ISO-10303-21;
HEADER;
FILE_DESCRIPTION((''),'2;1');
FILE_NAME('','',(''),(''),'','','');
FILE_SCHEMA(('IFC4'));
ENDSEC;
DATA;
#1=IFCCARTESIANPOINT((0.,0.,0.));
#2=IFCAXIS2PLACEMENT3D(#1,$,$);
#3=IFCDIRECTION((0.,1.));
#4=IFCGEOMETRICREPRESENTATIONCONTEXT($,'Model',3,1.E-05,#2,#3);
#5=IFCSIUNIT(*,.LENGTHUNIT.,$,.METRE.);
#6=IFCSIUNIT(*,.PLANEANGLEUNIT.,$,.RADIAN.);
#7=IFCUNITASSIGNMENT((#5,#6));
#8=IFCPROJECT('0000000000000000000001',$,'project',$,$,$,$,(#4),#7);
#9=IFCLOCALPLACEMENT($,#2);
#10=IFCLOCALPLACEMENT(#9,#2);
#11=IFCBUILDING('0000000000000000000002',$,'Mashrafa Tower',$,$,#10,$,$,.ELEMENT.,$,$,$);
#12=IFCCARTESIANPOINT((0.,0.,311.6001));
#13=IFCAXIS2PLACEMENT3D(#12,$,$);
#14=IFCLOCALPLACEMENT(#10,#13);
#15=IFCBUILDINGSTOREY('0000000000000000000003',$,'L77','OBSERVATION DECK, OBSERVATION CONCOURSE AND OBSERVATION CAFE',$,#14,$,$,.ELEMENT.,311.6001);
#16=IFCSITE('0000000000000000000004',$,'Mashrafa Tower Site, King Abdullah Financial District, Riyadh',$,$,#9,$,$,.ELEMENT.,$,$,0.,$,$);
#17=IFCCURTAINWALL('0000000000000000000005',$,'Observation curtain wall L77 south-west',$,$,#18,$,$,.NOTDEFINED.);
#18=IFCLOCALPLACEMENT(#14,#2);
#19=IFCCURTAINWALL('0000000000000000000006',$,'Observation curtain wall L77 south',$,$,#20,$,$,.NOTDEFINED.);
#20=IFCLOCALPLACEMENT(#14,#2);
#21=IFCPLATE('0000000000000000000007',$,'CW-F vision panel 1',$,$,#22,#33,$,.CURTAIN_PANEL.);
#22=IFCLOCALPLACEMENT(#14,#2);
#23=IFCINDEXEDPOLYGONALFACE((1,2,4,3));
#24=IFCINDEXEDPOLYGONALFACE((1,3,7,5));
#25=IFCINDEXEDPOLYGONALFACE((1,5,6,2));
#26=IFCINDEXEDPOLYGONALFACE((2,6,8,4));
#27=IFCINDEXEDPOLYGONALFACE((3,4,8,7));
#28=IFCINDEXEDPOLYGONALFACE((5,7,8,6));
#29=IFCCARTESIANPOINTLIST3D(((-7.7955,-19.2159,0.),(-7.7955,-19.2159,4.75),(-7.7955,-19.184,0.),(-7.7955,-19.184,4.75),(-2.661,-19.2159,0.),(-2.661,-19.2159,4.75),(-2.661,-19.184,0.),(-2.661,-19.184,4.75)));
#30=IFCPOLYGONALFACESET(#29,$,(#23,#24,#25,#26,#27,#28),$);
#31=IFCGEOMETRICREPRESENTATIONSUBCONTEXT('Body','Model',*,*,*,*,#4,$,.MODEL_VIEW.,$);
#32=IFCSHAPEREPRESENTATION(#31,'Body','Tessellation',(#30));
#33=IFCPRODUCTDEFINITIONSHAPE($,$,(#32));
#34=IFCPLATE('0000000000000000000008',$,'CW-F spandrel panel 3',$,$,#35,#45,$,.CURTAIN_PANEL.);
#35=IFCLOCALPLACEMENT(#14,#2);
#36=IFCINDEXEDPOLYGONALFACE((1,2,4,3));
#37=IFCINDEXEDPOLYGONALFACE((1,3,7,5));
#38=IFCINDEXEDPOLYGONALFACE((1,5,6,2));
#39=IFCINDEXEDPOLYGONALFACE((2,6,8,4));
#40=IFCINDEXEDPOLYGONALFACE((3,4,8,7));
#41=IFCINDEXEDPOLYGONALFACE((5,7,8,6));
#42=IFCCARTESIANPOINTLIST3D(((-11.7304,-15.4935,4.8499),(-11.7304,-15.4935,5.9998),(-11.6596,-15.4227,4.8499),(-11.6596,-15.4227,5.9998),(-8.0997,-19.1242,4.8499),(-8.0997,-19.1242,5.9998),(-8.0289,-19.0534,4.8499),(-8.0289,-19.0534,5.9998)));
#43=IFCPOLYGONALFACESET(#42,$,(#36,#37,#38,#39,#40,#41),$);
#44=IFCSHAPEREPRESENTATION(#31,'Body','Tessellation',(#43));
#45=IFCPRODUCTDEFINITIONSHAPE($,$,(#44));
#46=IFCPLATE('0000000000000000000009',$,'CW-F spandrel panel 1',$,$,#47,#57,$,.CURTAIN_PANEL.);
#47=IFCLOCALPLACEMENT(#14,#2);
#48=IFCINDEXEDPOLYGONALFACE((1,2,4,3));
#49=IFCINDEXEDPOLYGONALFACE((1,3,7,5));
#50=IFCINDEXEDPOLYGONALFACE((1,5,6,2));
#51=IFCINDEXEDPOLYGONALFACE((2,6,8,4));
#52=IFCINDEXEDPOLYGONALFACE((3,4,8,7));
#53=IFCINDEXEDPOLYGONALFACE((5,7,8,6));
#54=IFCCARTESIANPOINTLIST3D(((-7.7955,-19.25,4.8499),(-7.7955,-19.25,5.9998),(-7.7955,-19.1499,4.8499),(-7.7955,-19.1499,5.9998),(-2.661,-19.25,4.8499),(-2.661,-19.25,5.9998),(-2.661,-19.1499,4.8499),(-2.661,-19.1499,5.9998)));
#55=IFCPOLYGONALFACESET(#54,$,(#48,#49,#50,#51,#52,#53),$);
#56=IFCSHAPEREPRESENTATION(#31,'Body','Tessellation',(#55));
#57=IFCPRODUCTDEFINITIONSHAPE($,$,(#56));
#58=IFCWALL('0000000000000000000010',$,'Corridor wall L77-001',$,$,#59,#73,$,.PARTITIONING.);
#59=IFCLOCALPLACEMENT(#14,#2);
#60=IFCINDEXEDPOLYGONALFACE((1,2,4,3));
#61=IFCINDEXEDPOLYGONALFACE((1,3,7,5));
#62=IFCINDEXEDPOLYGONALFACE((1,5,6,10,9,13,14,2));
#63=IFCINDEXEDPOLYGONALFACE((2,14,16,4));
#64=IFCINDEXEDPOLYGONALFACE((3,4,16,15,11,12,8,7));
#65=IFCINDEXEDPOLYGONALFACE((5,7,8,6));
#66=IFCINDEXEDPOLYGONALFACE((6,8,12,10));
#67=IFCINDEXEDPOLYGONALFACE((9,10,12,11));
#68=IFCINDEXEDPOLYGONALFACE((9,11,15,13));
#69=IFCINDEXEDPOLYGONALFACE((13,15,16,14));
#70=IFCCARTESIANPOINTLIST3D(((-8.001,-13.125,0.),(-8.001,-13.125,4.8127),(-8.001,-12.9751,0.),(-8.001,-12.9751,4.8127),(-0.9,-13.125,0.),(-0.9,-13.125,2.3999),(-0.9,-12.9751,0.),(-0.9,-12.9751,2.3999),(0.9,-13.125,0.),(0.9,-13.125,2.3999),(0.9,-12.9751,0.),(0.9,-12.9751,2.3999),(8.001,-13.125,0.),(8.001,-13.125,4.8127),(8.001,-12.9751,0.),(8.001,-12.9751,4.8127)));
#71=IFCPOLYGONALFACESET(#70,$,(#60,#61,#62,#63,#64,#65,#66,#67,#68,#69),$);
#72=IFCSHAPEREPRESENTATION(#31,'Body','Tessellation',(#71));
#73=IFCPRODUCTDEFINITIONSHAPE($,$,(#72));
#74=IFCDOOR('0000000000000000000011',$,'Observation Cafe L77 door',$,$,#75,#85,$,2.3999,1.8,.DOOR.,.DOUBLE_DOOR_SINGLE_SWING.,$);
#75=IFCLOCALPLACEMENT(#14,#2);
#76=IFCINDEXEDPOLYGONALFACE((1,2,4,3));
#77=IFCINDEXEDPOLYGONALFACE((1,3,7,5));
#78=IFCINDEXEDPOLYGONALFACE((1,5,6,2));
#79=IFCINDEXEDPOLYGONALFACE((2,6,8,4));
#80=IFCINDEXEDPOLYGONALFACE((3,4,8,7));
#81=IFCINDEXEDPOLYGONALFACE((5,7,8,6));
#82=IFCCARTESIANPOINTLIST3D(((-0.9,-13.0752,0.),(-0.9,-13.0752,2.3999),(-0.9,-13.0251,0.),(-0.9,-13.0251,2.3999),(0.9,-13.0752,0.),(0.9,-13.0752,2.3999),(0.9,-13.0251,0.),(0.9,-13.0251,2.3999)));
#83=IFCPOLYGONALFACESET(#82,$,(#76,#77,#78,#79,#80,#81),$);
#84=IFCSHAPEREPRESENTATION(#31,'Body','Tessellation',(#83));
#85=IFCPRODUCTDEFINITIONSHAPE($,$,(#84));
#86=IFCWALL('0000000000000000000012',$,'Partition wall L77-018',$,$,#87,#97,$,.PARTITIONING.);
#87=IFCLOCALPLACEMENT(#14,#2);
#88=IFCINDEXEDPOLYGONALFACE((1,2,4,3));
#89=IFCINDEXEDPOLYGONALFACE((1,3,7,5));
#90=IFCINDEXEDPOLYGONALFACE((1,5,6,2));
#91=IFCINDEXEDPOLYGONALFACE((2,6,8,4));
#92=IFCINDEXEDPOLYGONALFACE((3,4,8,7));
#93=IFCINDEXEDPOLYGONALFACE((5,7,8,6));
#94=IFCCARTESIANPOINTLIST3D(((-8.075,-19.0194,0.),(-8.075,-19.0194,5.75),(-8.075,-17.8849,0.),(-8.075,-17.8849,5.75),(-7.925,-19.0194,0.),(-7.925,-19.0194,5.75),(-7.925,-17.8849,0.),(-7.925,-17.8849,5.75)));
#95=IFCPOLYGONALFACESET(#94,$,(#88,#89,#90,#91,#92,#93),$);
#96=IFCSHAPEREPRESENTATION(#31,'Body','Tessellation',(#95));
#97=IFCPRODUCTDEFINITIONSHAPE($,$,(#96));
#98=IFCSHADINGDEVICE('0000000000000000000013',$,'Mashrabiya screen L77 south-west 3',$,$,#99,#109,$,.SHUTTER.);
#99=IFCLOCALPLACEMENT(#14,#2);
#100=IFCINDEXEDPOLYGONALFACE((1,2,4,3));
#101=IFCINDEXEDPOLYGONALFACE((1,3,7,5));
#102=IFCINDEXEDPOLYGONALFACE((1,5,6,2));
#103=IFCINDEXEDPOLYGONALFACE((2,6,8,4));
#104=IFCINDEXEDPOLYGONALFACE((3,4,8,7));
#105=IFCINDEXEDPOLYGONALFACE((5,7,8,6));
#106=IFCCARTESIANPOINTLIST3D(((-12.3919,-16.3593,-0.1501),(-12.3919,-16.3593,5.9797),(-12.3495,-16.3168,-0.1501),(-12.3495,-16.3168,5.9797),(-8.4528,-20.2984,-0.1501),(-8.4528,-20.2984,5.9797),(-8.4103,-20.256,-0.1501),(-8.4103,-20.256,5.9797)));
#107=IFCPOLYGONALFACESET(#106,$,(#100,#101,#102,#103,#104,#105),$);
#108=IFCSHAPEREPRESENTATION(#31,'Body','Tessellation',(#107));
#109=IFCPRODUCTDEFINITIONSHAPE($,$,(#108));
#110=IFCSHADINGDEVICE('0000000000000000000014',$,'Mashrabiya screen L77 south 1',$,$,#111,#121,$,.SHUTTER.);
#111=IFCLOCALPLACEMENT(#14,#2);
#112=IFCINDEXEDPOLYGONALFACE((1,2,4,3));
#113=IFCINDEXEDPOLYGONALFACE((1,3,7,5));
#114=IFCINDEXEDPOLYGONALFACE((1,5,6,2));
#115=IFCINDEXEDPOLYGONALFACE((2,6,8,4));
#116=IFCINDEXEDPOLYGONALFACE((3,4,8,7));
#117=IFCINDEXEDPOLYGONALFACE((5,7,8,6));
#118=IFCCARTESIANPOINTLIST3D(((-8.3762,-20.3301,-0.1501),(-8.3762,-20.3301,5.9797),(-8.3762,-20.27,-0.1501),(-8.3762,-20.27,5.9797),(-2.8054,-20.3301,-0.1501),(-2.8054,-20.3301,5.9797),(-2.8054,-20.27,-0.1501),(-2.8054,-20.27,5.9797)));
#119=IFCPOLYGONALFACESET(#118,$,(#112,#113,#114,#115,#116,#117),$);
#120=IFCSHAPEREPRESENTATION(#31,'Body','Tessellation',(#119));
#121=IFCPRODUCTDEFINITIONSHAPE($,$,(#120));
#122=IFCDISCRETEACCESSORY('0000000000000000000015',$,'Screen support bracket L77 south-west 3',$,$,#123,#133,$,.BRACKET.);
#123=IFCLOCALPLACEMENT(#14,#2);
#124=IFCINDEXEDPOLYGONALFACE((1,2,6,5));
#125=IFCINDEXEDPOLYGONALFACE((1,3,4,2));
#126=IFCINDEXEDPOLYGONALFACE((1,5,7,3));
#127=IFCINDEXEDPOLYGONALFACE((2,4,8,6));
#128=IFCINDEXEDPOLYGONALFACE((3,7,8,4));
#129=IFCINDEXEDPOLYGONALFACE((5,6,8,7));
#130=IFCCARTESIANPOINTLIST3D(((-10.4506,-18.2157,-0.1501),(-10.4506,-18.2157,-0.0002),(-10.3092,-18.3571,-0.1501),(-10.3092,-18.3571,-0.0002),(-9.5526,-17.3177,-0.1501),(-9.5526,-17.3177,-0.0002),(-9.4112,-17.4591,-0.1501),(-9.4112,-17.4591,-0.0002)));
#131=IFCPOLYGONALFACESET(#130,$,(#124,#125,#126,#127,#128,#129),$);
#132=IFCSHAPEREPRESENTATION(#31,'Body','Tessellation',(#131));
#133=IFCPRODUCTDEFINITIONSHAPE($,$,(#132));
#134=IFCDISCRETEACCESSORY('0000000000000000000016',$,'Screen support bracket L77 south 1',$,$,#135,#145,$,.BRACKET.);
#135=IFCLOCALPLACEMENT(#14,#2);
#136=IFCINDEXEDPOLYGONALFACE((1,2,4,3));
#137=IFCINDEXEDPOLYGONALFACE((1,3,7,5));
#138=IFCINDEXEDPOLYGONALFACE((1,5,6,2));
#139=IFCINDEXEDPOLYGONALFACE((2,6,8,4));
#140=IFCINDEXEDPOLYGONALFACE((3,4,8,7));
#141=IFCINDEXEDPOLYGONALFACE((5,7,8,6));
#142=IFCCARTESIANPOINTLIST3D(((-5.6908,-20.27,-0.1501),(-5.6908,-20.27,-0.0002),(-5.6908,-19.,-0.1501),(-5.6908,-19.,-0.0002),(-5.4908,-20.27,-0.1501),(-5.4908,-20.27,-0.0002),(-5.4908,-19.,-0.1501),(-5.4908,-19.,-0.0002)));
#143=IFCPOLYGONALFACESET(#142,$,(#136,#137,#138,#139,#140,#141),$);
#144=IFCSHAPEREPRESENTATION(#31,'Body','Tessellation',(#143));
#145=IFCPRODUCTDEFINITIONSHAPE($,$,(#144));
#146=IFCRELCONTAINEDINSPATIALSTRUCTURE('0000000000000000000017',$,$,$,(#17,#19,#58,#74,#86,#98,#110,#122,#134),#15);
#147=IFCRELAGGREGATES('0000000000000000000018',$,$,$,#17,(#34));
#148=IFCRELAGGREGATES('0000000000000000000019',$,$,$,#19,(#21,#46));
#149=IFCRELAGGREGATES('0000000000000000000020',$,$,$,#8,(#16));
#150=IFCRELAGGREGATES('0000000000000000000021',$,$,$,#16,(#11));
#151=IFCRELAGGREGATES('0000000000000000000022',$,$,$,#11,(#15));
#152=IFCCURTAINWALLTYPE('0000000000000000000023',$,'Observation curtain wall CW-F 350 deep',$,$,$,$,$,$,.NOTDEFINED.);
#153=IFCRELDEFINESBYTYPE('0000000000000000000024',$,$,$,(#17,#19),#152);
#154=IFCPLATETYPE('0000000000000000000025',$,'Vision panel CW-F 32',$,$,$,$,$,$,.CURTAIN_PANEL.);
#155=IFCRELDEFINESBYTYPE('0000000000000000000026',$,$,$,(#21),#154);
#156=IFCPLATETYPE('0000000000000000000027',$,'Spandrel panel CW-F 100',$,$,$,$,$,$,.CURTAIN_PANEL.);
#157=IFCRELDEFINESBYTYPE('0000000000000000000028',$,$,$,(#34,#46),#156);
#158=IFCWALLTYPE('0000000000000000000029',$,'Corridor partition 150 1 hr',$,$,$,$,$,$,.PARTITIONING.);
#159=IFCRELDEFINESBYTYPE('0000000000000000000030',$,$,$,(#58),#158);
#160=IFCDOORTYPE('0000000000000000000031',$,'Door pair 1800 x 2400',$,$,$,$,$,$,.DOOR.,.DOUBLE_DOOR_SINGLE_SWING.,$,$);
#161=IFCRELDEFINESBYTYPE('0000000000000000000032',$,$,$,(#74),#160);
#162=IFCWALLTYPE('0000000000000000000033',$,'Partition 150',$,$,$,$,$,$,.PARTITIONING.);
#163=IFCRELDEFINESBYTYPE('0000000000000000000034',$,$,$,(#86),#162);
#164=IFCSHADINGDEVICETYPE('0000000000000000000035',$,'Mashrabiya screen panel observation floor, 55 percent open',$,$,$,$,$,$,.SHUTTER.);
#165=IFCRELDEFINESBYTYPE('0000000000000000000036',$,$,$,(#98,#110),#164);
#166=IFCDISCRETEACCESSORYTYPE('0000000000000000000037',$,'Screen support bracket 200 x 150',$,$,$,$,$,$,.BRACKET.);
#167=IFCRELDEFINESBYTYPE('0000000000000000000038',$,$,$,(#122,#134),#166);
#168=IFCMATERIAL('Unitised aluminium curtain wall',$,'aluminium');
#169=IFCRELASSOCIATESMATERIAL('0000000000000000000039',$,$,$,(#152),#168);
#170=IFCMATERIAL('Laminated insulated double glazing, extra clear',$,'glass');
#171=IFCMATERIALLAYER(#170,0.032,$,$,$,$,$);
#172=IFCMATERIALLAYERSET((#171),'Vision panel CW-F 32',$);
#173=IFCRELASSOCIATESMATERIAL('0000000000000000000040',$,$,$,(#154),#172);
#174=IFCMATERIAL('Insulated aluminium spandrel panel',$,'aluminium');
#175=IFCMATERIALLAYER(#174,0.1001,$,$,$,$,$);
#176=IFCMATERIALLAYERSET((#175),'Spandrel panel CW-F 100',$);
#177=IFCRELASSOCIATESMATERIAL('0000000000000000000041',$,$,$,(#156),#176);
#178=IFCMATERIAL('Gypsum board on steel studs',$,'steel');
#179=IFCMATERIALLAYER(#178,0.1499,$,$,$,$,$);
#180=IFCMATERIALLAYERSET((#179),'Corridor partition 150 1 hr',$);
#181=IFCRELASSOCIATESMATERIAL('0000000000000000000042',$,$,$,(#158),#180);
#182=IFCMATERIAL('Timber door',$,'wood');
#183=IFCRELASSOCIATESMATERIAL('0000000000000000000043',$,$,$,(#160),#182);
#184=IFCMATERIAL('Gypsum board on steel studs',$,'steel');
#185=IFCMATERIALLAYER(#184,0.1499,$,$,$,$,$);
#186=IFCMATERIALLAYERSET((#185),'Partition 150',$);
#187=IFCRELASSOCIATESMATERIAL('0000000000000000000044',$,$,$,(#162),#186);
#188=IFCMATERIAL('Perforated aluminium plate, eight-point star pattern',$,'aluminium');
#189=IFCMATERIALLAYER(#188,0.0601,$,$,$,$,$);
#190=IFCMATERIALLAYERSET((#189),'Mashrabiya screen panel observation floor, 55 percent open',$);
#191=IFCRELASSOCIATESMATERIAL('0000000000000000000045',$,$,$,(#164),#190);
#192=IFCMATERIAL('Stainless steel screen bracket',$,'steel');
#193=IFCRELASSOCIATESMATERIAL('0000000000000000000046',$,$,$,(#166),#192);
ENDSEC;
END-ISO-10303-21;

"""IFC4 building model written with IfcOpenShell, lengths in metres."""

from ifc_helpers import new_model, si_unit, direction, frame, frame_2d, origin, origin_2d, place, context, subcontext, project, spatial, rectangle, extrude, source, transform, mapped, material, layer, layer_set, type_object, type_shapes, element, fill, aggregate, save


model = new_model("IFC4")

# Units and contexts
model_context = context("Model", 3, precision=1e-05, world=origin(), true_north=direction((0.0, 1.0)))
body_context = subcontext(model_context, "Body", "Model", "MODEL_VIEW")
ifc_project = project(units=[si_unit("LENGTHUNIT", "METRE"), si_unit("PLANEANGLEUNIT", "RADIAN")], contexts=[model_context])

# Site, building, storey
site_placement = place(None, origin())
site = spatial("IfcSite", under=ifc_project, at=site_placement, Name="Mashrafa Tower Site, King Abdullah Financial District, Riyadh", CompositionType="ELEMENT", RefElevation=0.0)
building_placement = place(site_placement, origin())
building = spatial("IfcBuilding", under=site, at=building_placement, Name="Mashrafa Tower", CompositionType="ELEMENT")
storey_placement = place(building_placement, frame((0.0, 0.0, 311.6001)))
storey = spatial("IfcBuildingStorey", under=building, at=storey_placement, Name="L77", Description="OBSERVATION DECK, OBSERVATION CONCOURSE AND OBSERVATION CAFE", CompositionType="ELEMENT", Elevation=311.6001)

# Curtain wall
ifc_material_1 = material(Name="Unitised aluminium curtain wall", Category="aluminium")
curtain_wall_type = type_object("IfcCurtainWallType", Name="Observation curtain wall CW-F 350 deep", PredefinedType="NOTDEFINED", material=ifc_material_1)
curtain_wall_1_placement = place(storey_placement, origin())
curtain_wall_1 = element("IfcCurtainWall", 1, at=curtain_wall_1_placement, inside=storey, type_object=curtain_wall_type, Name="Observation curtain wall L77 south-west", PredefinedType="NOTDEFINED")

# Curtain wall
curtain_wall_2_placement = place(storey_placement, origin())
curtain_wall_2 = element("IfcCurtainWall", 2, at=curtain_wall_2_placement, inside=storey, type_object=curtain_wall_type, Name="Observation curtain wall L77 south", PredefinedType="NOTDEFINED")

# Plates
ifc_material_2 = material(Name="Laminated insulated double glazing, extra clear", Category="glass")
ifc_layer_1 = layer(ifc_material_2, 0.032)
ifc_layer_set_1 = layer_set([ifc_layer_1], Name="Vision panel CW-F 32")
plate_type_1 = type_object("IfcPlateType", Name="Vision panel CW-F 32", PredefinedType="CURTAIN_PANEL", material=ifc_layer_set_1)
shared_shape_1 = source(origin(), body_context, "Body", "SweptSolid", [
    extrude(rectangle(XDim=5.1345, YDim=0.032, at=origin_2d()), origin(), (0.0, 0.0, 1.0), 4.75),
])
type_shapes(plate_type_1, [shared_shape_1])
plate_1_placement = place(storey_placement, frame((-5.2283, -19.2, 0.0), z_axis=(0.0, 0.0, 1.0), x_axis=(1.0, 0.0, 0.0)))
plate_1 = element("IfcPlate", 3, at=plate_1_placement, type_object=plate_type_1, Name="CW-F vision panel 1", PredefinedType="CURTAIN_PANEL", context=body_context, shape_type="MappedRepresentation", body=[
    mapped(shared_shape_1, transform((0.0, 0.0, 0.0))),
])
ifc_material_3 = material(Name="Insulated aluminium spandrel panel", Category="aluminium")
ifc_layer_2 = layer(ifc_material_3, 0.1001)
ifc_layer_set_2 = layer_set([ifc_layer_2], Name="Spandrel panel CW-F 100")
plate_type_2 = type_object("IfcPlateType", Name="Spandrel panel CW-F 100", PredefinedType="CURTAIN_PANEL", material=ifc_layer_set_2)
shared_shape_2 = source(origin(), body_context, "Body", "SweptSolid", [
    extrude(rectangle(XDim=5.1345, YDim=0.1001, at=origin_2d()), origin(), (0.0, 0.0, 1.0), 1.1499),
])
type_shapes(plate_type_2, [shared_shape_2])
plate_2_placement = place(storey_placement, frame((-9.8796, -17.2734, 4.8499), z_axis=(0.0, 0.0, 1.0), x_axis=(0.707107, -0.707107, 0.0)))
plate_2 = element("IfcPlate", 4, at=plate_2_placement, type_object=plate_type_2, Name="CW-F spandrel panel 3", PredefinedType="CURTAIN_PANEL", context=body_context, shape_type="MappedRepresentation", body=[
    mapped(shared_shape_2, transform((0.0, 0.0, 0.0))),
])
aggregate(curtain_wall_1, [plate_2])
plate_3_placement = place(storey_placement, frame((-5.2283, -19.2, 4.8499), z_axis=(0.0, 0.0, 1.0), x_axis=(1.0, 0.0, 0.0)))
plate_3 = element("IfcPlate", 5, at=plate_3_placement, type_object=plate_type_2, Name="CW-F spandrel panel 1", PredefinedType="CURTAIN_PANEL", context=body_context, shape_type="MappedRepresentation", body=[
    mapped(shared_shape_2, transform((0.0, 0.0, 0.0))),
])
aggregate(curtain_wall_2, [plate_1, plate_3])

# Wall, opening, door
ifc_material_4 = material(Name="Gypsum board on steel studs", Category="steel")
ifc_layer_3 = layer(ifc_material_4, 0.1499)
ifc_layer_set_3 = layer_set([ifc_layer_3], Name="Corridor partition 150 1 hr")
wall_type_1 = type_object("IfcWallType", Name="Corridor partition 150 1 hr", PredefinedType="PARTITIONING", material=ifc_layer_set_3)
wall_1_placement = place(storey_placement, frame((-8.001, -13.05, 0.0), z_axis=(0.0, 0.0, 1.0), x_axis=(1.0, 0.0, 0.0)))
wall_1 = element("IfcWall", 6, at=wall_1_placement, inside=storey, type_object=wall_type_1, Name="Corridor wall L77-001", PredefinedType="PARTITIONING", context=body_context, shape_type="SweptSolid", body=[
    extrude(rectangle(XDim=16.002, YDim=0.1499, at=frame_2d((8.001, 0.0))), origin(), (0.0, 0.0, 1.0), 4.8127),
])
opening_placement = place(wall_1_placement, frame((7.1011, 0.0, 0.0)))
opening = element("IfcOpeningElement", 7, at=opening_placement, cuts=wall_1, PredefinedType="OPENING", context=body_context, shape_type="SweptSolid", body=[
    extrude(rectangle(XDim=1.8, YDim=2.3999, at=frame_2d((0.8999, 1.2))), frame((0.0, 0.085, 0.0), z_axis=(0.0, -1.0, 0.0), x_axis=(1.0, 0.0, 0.0)), (0.0, 0.0, 1.0), 0.1699),
])
ifc_material_5 = material(Name="Timber door", Category="wood")
door_type = type_object("IfcDoorType", Name="Door pair 1800 x 2400", OperationType="DOUBLE_DOOR_SINGLE_SWING", PredefinedType="DOOR", material=ifc_material_5)
door_placement = place(opening_placement, origin())
door = element("IfcDoor", 8, at=door_placement, inside=storey, type_object=door_type, Name="Observation Cafe L77 door", OperationType="DOUBLE_DOOR_SINGLE_SWING", OverallHeight=2.3999, OverallWidth=1.8, PredefinedType="DOOR", context=body_context, shape_type="SweptSolid", body=[
    extrude(rectangle(XDim=1.8, YDim=2.3999, at=frame_2d((0.8999, 1.2))), frame((0.0, 0.0249, 0.0), z_axis=(0.0, -1.0, 0.0), x_axis=(1.0, 0.0, 0.0)), (0.0, 0.0, 1.0), 0.05),
])
fill(opening, door)

# Wall
ifc_material_6 = material(Name="Gypsum board on steel studs", Category="steel")
ifc_layer_4 = layer(ifc_material_6, 0.1499)
ifc_layer_set_4 = layer_set([ifc_layer_4], Name="Partition 150")
wall_type_2 = type_object("IfcWallType", Name="Partition 150", PredefinedType="PARTITIONING", material=ifc_layer_set_4)
wall_2_placement = place(storey_placement, frame((-8.0, -17.8848, 0.0), z_axis=(0.0, 0.0, 1.0), x_axis=(0.0, -1.0, 0.0)))
element("IfcWall", 9, at=wall_2_placement, inside=storey, type_object=wall_type_2, Name="Partition wall L77-018", PredefinedType="PARTITIONING", context=body_context, shape_type="SweptSolid", body=[
    extrude(rectangle(XDim=1.1345, YDim=0.1499, at=frame_2d((0.5674, 0.0))), origin(), (0.0, 0.0, 1.0), 5.75),
])

# Shading devices
ifc_material_7 = material(Name="Perforated aluminium plate, eight-point star pattern", Category="aluminium")
ifc_layer_5 = layer(ifc_material_7, 0.0601)
ifc_layer_set_5 = layer_set([ifc_layer_5], Name="Mashrabiya screen panel observation floor, 55 percent open")
shading_device_type = type_object("IfcShadingDeviceType", Name="Mashrabiya screen panel observation floor, 55 percent open", PredefinedType="SHUTTER", material=ifc_layer_set_5)
shared_shape_3 = source(origin(), body_context, "Body", "SweptSolid", [
    extrude(rectangle(XDim=5.5708, YDim=0.0601, at=origin_2d()), origin(), (0.0, 0.0, 1.0), 6.1299),
])
type_shapes(shading_device_type, [shared_shape_3])
for number, where, z_axis, x_axis, name in (
    (10, (-10.4011, -18.3076, -0.1501), (0.0, 0.0, 1.0), (0.707107, -0.707107, 0.0), "Mashrabiya screen L77 south-west 3"),
    (11, (-5.5908, -20.3, -0.1501), (0.0, 0.0, 1.0), (1.0, 0.0, 0.0), "Mashrabiya screen L77 south 1"),
):
    element("IfcShadingDevice", number, at=place(storey_placement, frame(where, z_axis=z_axis, x_axis=x_axis)), inside=storey, type_object=shading_device_type, Name=name, PredefinedType="SHUTTER", context=body_context, shape_type="MappedRepresentation", body=[
        mapped(shared_shape_3, transform((0.0, 0.0, 0.0))),
    ])

# Discrete accessories
ifc_material_8 = material(Name="Stainless steel screen bracket", Category="steel")
discrete_accessory_type = type_object("IfcDiscreteAccessoryType", Name="Screen support bracket 200 x 150", PredefinedType="BRACKET", material=ifc_material_8)
shared_shape_4 = source(origin(), body_context, "Body", "SweptSolid", [
    extrude(rectangle(XDim=0.2, YDim=1.27, at=origin_2d()), origin(), (0.0, 0.0, 1.0), 0.1499),
])
type_shapes(discrete_accessory_type, [shared_shape_4])
for number, where, z_axis, x_axis, name in (
    (12, (-9.9309, -17.8374, -0.1501), (0.0, 0.0, 1.0), (0.707107, -0.707107, 0.0), "Screen support bracket L77 south-west 3"),
    (13, (-5.5908, -19.635, -0.1501), (0.0, 0.0, 1.0), (1.0, 0.0, 0.0), "Screen support bracket L77 south 1"),
):
    element("IfcDiscreteAccessory", number, at=place(storey_placement, frame(where, z_axis=z_axis, x_axis=x_axis)), inside=storey, type_object=discrete_accessory_type, Name=name, PredefinedType="BRACKET", context=body_context, shape_type="MappedRepresentation", body=[
        mapped(shared_shape_4, transform((0.0, 0.0, 0.0))),
    ])

save(model, "model.ifc")
